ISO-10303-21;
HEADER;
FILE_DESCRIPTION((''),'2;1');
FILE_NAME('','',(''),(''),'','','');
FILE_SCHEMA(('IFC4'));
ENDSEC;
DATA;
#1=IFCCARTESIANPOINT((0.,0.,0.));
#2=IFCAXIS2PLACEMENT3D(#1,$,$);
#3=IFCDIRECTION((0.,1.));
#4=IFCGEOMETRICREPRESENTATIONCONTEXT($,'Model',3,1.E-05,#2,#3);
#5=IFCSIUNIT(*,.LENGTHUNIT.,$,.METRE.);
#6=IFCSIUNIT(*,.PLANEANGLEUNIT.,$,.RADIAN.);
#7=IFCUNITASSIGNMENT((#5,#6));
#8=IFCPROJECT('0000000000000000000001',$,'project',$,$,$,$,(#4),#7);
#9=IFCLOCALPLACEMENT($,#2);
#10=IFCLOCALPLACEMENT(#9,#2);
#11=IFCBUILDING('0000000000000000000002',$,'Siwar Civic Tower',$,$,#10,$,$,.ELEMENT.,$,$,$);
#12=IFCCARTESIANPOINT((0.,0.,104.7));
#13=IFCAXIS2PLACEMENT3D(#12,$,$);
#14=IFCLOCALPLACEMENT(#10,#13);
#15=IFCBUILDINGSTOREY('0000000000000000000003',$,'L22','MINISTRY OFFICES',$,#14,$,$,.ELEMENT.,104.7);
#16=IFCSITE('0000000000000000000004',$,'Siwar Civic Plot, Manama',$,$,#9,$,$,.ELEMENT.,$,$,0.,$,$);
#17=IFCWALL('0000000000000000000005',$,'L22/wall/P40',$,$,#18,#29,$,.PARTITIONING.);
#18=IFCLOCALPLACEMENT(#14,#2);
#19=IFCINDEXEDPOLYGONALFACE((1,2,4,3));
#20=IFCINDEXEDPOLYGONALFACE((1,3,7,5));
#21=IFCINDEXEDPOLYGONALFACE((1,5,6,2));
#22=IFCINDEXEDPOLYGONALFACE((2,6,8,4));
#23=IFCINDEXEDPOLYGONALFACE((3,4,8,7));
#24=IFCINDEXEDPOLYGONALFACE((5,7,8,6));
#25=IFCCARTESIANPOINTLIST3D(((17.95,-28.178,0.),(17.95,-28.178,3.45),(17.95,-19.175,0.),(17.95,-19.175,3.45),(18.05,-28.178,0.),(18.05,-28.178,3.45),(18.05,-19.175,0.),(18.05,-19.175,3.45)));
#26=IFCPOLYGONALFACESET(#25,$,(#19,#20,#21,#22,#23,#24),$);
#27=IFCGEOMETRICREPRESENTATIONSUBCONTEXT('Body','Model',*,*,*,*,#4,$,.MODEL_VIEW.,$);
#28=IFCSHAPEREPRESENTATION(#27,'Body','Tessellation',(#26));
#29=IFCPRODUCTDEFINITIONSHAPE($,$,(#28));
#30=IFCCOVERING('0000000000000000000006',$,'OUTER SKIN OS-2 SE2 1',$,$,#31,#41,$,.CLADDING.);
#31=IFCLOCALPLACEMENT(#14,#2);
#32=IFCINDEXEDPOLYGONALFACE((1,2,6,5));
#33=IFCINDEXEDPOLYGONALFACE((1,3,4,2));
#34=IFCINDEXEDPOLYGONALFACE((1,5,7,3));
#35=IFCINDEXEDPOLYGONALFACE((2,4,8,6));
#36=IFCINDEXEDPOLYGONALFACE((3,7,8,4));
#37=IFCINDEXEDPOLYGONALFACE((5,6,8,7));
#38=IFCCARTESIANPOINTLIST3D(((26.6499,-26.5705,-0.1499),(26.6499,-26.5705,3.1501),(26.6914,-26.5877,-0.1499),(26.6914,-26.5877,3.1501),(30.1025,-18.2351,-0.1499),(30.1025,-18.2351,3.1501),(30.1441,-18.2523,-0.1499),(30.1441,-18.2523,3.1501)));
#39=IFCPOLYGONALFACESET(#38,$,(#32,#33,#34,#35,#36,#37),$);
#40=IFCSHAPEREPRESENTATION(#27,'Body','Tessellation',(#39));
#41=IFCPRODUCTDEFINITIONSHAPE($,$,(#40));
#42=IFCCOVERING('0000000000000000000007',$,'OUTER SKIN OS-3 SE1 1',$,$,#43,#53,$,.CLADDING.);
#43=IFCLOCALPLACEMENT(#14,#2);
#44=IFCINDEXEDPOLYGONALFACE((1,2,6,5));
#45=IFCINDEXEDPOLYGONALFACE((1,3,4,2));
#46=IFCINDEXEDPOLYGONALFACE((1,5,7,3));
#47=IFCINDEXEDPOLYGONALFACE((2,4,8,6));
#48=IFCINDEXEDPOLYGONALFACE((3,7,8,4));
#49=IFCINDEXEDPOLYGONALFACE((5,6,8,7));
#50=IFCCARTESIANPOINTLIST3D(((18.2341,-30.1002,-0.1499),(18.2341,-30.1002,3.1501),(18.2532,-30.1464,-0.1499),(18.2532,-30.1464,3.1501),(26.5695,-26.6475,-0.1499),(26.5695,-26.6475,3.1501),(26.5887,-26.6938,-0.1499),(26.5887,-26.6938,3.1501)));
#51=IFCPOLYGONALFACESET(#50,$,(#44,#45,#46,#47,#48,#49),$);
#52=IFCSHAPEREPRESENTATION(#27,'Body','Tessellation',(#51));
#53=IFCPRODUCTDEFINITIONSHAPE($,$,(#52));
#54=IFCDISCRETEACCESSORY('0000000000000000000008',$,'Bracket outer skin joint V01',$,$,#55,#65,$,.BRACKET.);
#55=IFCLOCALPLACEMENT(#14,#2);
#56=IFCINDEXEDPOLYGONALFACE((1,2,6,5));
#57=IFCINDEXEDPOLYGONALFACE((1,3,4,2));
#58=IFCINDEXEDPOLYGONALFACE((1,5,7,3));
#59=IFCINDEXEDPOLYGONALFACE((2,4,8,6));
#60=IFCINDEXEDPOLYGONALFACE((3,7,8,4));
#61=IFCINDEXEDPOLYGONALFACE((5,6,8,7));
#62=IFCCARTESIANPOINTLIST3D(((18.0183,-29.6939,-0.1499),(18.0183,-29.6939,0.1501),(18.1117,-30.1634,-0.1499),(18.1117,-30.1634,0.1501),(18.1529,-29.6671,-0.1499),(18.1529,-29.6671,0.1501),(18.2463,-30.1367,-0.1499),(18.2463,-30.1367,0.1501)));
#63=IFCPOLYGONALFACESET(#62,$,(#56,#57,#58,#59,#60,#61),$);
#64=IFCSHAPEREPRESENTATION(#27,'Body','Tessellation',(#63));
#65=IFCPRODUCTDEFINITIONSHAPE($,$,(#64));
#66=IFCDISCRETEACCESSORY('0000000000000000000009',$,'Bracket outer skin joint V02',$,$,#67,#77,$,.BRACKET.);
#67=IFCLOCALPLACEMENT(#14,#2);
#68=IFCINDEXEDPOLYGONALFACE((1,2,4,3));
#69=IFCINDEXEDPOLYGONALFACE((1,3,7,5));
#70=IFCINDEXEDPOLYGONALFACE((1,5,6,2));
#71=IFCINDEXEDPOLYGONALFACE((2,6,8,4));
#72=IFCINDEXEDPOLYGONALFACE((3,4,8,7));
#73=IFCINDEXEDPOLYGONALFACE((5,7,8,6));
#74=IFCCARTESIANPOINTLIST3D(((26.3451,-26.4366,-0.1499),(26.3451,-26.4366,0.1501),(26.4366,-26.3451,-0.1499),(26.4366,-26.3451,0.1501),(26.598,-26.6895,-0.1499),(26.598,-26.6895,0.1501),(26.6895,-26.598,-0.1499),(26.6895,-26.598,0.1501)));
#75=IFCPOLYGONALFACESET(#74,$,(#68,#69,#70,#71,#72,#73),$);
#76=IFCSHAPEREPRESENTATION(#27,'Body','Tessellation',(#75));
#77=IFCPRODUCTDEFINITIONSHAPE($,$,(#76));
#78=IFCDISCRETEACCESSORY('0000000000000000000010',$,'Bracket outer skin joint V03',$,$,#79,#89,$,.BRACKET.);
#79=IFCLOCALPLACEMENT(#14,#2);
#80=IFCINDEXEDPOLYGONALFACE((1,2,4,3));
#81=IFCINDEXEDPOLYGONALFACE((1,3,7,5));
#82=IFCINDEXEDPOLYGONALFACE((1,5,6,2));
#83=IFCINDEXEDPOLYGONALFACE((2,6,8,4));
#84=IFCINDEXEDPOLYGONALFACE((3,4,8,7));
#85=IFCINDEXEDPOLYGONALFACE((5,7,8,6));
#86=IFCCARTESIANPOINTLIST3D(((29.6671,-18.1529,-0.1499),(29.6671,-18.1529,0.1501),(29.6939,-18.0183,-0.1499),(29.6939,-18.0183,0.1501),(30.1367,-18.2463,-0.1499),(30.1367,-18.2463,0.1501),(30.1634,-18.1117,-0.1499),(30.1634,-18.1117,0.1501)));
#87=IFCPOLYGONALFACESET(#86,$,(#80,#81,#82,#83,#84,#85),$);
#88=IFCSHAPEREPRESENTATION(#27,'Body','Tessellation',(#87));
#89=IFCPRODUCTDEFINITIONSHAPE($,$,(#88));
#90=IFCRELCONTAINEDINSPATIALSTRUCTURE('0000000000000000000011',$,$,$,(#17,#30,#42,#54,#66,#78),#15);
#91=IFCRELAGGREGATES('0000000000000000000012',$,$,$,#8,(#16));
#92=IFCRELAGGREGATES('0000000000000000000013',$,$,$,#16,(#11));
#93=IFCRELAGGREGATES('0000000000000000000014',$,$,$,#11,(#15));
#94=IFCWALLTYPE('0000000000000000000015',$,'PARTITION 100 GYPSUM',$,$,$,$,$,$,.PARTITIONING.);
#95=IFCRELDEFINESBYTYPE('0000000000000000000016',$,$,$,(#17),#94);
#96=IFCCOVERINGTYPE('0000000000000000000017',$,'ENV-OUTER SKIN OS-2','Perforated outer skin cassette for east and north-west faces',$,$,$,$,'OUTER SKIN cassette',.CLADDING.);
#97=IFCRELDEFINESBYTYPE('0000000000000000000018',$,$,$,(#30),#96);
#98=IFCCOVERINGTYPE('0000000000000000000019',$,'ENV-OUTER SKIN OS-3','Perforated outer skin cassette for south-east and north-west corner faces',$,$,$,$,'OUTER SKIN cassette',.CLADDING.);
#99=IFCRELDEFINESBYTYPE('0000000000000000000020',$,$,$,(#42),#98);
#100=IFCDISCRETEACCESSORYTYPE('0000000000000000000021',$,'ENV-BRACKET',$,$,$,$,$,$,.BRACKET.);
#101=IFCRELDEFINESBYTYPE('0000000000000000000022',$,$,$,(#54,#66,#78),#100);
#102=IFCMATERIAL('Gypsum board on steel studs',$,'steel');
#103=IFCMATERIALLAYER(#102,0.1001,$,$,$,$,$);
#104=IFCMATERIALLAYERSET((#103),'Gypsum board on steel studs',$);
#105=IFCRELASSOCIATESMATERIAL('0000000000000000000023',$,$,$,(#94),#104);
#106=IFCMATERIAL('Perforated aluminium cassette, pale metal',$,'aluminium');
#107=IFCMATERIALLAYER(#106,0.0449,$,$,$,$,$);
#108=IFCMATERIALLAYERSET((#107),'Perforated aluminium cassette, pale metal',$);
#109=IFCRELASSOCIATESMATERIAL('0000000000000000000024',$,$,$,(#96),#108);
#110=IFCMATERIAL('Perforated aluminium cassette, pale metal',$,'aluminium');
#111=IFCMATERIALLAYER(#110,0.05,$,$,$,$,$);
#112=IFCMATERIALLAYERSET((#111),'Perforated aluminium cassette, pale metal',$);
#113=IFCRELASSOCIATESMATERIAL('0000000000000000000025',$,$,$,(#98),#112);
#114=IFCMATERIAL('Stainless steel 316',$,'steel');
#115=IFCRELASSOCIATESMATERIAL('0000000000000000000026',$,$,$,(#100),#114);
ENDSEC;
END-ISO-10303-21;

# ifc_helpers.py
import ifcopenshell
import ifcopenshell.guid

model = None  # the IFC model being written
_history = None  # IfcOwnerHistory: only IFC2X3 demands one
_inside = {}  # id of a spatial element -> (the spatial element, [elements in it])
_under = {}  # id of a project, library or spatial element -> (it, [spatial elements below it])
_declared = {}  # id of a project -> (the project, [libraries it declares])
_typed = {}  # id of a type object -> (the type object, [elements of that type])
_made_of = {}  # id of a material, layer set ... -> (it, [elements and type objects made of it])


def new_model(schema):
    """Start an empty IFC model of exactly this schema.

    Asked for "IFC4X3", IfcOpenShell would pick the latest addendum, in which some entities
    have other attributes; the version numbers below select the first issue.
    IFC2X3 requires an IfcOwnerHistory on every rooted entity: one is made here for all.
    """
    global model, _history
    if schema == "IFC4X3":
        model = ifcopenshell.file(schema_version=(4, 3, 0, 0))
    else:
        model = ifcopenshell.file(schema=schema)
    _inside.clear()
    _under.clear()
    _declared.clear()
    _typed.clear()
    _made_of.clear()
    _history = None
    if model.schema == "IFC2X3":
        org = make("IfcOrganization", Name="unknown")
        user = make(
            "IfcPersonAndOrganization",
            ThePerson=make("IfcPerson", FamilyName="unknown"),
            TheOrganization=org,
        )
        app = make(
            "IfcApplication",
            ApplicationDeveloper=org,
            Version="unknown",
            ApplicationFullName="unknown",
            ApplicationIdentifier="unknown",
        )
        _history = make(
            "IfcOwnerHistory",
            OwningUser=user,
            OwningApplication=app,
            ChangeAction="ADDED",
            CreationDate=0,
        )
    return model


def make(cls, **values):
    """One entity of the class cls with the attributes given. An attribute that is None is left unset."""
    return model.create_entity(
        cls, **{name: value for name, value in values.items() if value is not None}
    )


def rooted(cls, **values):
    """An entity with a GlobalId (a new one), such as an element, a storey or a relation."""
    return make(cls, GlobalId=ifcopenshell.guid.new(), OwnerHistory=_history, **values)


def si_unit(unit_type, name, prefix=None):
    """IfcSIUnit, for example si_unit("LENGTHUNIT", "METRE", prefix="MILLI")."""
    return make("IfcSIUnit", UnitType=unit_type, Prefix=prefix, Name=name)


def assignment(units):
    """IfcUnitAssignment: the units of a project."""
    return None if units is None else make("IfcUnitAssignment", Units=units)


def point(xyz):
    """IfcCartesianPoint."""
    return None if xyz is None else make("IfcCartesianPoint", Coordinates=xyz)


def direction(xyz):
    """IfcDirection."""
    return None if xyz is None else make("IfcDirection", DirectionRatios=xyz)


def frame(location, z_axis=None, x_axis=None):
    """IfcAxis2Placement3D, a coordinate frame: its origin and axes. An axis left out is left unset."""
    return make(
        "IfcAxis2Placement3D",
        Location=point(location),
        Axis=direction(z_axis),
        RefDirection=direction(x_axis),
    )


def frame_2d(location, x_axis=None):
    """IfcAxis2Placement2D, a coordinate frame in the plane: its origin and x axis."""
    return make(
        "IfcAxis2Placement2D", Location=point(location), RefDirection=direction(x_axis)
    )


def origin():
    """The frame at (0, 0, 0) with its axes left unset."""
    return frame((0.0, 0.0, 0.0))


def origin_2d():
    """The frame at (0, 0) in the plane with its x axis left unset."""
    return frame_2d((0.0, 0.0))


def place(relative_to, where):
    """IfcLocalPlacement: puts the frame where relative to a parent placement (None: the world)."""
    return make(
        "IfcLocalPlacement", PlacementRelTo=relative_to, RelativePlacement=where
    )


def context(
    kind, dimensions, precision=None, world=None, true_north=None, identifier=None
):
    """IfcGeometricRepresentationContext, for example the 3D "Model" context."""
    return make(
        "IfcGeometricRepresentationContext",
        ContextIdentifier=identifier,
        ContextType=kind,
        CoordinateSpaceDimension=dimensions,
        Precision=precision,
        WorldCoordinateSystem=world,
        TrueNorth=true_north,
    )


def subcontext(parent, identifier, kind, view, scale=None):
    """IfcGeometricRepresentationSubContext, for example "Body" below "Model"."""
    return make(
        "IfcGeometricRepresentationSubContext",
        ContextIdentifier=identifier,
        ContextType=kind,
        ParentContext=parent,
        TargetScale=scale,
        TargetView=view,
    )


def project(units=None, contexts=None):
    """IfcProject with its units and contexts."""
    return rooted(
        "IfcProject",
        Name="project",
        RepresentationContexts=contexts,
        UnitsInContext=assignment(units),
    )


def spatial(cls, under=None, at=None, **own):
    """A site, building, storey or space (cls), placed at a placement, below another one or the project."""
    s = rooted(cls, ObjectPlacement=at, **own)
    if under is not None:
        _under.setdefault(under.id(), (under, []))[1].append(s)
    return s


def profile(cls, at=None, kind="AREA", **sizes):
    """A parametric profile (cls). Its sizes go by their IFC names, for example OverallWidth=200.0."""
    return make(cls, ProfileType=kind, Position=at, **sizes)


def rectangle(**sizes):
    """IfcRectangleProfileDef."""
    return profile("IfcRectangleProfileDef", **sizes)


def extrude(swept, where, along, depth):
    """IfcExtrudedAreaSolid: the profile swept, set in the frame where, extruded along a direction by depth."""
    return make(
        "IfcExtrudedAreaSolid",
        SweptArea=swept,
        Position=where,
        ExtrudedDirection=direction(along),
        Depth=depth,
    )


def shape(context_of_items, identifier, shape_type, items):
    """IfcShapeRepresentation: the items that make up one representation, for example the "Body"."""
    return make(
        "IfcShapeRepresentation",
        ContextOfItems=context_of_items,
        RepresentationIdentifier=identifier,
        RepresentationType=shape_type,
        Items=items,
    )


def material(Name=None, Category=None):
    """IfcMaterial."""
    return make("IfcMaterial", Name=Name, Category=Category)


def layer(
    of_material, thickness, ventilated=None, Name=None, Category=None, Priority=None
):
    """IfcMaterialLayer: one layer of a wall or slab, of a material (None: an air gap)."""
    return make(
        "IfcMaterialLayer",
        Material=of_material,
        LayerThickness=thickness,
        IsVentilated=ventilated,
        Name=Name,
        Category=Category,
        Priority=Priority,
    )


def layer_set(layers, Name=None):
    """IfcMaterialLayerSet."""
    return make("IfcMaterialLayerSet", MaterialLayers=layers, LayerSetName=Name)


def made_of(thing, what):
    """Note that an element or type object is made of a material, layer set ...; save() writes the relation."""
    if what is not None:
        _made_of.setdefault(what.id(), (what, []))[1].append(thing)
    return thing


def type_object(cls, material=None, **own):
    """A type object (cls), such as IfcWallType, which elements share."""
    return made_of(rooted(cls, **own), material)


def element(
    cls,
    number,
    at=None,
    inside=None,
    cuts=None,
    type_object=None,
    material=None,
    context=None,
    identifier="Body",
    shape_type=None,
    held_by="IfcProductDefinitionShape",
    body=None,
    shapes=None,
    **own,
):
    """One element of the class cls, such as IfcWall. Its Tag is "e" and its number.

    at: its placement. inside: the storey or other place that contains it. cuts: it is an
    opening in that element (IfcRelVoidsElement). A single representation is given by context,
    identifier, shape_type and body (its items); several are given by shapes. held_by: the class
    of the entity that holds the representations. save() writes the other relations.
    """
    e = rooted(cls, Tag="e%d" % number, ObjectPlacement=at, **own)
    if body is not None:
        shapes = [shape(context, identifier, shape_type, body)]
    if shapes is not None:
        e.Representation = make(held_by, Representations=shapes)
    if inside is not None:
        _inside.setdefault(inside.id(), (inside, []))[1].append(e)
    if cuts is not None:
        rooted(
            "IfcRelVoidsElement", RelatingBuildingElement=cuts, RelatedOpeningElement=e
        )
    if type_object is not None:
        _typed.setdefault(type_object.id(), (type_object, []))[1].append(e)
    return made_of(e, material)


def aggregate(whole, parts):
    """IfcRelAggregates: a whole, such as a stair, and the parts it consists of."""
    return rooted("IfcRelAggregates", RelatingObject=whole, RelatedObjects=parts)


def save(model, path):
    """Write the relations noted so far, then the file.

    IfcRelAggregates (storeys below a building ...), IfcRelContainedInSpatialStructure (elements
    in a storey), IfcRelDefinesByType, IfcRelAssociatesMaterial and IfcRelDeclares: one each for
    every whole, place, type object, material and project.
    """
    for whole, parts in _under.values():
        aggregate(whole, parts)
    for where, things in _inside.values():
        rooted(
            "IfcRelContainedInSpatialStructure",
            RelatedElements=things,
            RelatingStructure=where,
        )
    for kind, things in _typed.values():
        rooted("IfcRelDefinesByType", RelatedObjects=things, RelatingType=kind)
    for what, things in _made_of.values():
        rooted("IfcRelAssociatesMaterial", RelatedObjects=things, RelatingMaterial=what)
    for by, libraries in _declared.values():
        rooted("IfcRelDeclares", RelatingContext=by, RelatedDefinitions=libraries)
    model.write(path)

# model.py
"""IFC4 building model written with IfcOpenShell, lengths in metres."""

from ifc_helpers import new_model, si_unit, direction, frame, frame_2d, origin, origin_2d, place, context, subcontext, project, spatial, rectangle, extrude, material, layer, layer_set, type_object, element, save


model = new_model("IFC4")

# Units and contexts
model_context = context("Model", 3, precision=1e-05, world=origin(), true_north=direction((0.0, 1.0)))
body_context = subcontext(model_context, "Body", "Model", "MODEL_VIEW")
ifc_project = project(units=[si_unit("LENGTHUNIT", "METRE"), si_unit("PLANEANGLEUNIT", "RADIAN")], contexts=[model_context])

# Site, building, storey
site_placement = place(None, origin())
site = spatial("IfcSite", under=ifc_project, at=site_placement, Name="Siwar Civic Plot, Manama", CompositionType="ELEMENT", RefElevation=0.0)
building_placement = place(site_placement, origin())
building = spatial("IfcBuilding", under=site, at=building_placement, Name="Siwar Civic Tower", CompositionType="ELEMENT")
storey_placement = place(building_placement, frame((0.0, 0.0, 104.7)))
storey = spatial("IfcBuildingStorey", under=building, at=storey_placement, Name="L22", Description="MINISTRY OFFICES", CompositionType="ELEMENT", Elevation=104.7)

# Wall
ifc_material_1 = material(Name="Gypsum board on steel studs", Category="steel")
ifc_layer_1 = layer(ifc_material_1, 0.1001)
ifc_layer_set_1 = layer_set([ifc_layer_1], Name="Gypsum board on steel studs")
wall_type = type_object("IfcWallType", Name="PARTITION 100 GYPSUM", PredefinedType="PARTITIONING", material=ifc_layer_set_1)
wall_placement = place(storey_placement, frame((18.0, -28.178, 0.0), z_axis=(0.0, 0.0, 1.0), x_axis=(0.0, 1.0, 0.0)))
element("IfcWall", 1, at=wall_placement, inside=storey, type_object=wall_type, Name="L22/wall/P40", PredefinedType="PARTITIONING", context=body_context, shape_type="SweptSolid", body=[
    extrude(rectangle(XDim=9.0029, YDim=0.1001, at=frame_2d((4.5015, 0.0))), origin(), (0.0, 0.0, 1.0), 3.45),
])

# Coverings
ifc_material_2 = material(Name="Perforated aluminium cassette, pale metal", Category="aluminium")
ifc_layer_2 = layer(ifc_material_2, 0.0449)
ifc_layer_set_2 = layer_set([ifc_layer_2], Name="Perforated aluminium cassette, pale metal")
covering_type_1 = type_object("IfcCoveringType", Name="ENV-OUTER SKIN OS-2", Description="Perforated outer skin cassette for east and north-west faces", ElementType="OUTER SKIN cassette", PredefinedType="CLADDING", material=ifc_layer_set_2)
covering_1_placement = place(storey_placement, frame((28.397, -22.4114, -0.1499), z_axis=(0.0, 0.0, 1.0), x_axis=(0.382683, 0.92388, 0.0)))
element("IfcCovering", 2, at=covering_1_placement, inside=storey, type_object=covering_type_1, Name="OUTER SKIN OS-2 SE2 1", PredefinedType="CLADDING", context=body_context, shape_type="SweptSolid", body=[
    extrude(rectangle(XDim=9.0222, YDim=0.0449, at=origin_2d()), origin(), (0.0, 0.0, 1.0), 3.3),
])
ifc_material_3 = material(Name="Perforated aluminium cassette, pale metal", Category="aluminium")
ifc_layer_3 = layer(ifc_material_3, 0.05)
ifc_layer_set_3 = layer_set([ifc_layer_3], Name="Perforated aluminium cassette, pale metal")
covering_type_2 = type_object("IfcCoveringType", Name="ENV-OUTER SKIN OS-3", Description="Perforated outer skin cassette for south-east and north-west corner faces", ElementType="OUTER SKIN cassette", PredefinedType="CLADDING", material=ifc_layer_set_3)
covering_2_placement = place(storey_placement, frame((22.4114, -28.397, -0.1499), z_axis=(0.0, 0.0, 1.0), x_axis=(0.92388, 0.382683, 0.0)))
element("IfcCovering", 3, at=covering_2_placement, inside=storey, type_object=covering_type_2, Name="OUTER SKIN OS-3 SE1 1", PredefinedType="CLADDING", context=body_context, shape_type="SweptSolid", body=[
    extrude(rectangle(XDim=9.0222, YDim=0.05, at=origin_2d()), origin(), (0.0, 0.0, 1.0), 3.3),
])

# Discrete accessories
ifc_material_4 = material(Name="Stainless steel 316", Category="steel")
discrete_accessory_type = type_object("IfcDiscreteAccessoryType", Name="ENV-BRACKET", PredefinedType="BRACKET", material=ifc_material_4)
discrete_accessory_1_placement = place(storey_placement, frame((18.1323, -29.9153, -0.1499), z_axis=(0.0, 0.0, 1.0), x_axis=(0.19509, -0.980785, 0.0)))
element("IfcDiscreteAccessory", 4, at=discrete_accessory_1_placement, inside=storey, type_object=discrete_accessory_type, Name="Bracket outer skin joint V01", PredefinedType="BRACKET", context=body_context, shape_type="SweptSolid", body=[
    extrude(rectangle(XDim=0.4788, YDim=0.1372, at=origin_2d()), origin(), (0.0, 0.0, 1.0), 0.3),
])
discrete_accessory_2_placement = place(storey_placement, frame((26.5173, -26.5173, -0.1499), z_axis=(0.0, 0.0, 1.0), x_axis=(0.707107, -0.707107, 0.0)))
element("IfcDiscreteAccessory", 5, at=discrete_accessory_2_placement, inside=storey, type_object=discrete_accessory_type, Name="Bracket outer skin joint V02", PredefinedType="BRACKET", context=body_context, shape_type="SweptSolid", body=[
    extrude(rectangle(XDim=0.3577, YDim=0.1294, at=origin_2d()), origin(), (0.0, 0.0, 1.0), 0.3),
])
discrete_accessory_3_placement = place(storey_placement, frame((29.9153, -18.1323, -0.1499), z_axis=(0.0, 0.0, 1.0), x_axis=(0.980785, -0.19509, 0.0)))
element("IfcDiscreteAccessory", 6, at=discrete_accessory_3_placement, inside=storey, type_object=discrete_accessory_type, Name="Bracket outer skin joint V03", PredefinedType="BRACKET", context=body_context, shape_type="SweptSolid", body=[
    extrude(rectangle(XDim=0.4788, YDim=0.1372, at=origin_2d()), origin(), (0.0, 0.0, 1.0), 0.3),
])

save(model, "model.ifc")
